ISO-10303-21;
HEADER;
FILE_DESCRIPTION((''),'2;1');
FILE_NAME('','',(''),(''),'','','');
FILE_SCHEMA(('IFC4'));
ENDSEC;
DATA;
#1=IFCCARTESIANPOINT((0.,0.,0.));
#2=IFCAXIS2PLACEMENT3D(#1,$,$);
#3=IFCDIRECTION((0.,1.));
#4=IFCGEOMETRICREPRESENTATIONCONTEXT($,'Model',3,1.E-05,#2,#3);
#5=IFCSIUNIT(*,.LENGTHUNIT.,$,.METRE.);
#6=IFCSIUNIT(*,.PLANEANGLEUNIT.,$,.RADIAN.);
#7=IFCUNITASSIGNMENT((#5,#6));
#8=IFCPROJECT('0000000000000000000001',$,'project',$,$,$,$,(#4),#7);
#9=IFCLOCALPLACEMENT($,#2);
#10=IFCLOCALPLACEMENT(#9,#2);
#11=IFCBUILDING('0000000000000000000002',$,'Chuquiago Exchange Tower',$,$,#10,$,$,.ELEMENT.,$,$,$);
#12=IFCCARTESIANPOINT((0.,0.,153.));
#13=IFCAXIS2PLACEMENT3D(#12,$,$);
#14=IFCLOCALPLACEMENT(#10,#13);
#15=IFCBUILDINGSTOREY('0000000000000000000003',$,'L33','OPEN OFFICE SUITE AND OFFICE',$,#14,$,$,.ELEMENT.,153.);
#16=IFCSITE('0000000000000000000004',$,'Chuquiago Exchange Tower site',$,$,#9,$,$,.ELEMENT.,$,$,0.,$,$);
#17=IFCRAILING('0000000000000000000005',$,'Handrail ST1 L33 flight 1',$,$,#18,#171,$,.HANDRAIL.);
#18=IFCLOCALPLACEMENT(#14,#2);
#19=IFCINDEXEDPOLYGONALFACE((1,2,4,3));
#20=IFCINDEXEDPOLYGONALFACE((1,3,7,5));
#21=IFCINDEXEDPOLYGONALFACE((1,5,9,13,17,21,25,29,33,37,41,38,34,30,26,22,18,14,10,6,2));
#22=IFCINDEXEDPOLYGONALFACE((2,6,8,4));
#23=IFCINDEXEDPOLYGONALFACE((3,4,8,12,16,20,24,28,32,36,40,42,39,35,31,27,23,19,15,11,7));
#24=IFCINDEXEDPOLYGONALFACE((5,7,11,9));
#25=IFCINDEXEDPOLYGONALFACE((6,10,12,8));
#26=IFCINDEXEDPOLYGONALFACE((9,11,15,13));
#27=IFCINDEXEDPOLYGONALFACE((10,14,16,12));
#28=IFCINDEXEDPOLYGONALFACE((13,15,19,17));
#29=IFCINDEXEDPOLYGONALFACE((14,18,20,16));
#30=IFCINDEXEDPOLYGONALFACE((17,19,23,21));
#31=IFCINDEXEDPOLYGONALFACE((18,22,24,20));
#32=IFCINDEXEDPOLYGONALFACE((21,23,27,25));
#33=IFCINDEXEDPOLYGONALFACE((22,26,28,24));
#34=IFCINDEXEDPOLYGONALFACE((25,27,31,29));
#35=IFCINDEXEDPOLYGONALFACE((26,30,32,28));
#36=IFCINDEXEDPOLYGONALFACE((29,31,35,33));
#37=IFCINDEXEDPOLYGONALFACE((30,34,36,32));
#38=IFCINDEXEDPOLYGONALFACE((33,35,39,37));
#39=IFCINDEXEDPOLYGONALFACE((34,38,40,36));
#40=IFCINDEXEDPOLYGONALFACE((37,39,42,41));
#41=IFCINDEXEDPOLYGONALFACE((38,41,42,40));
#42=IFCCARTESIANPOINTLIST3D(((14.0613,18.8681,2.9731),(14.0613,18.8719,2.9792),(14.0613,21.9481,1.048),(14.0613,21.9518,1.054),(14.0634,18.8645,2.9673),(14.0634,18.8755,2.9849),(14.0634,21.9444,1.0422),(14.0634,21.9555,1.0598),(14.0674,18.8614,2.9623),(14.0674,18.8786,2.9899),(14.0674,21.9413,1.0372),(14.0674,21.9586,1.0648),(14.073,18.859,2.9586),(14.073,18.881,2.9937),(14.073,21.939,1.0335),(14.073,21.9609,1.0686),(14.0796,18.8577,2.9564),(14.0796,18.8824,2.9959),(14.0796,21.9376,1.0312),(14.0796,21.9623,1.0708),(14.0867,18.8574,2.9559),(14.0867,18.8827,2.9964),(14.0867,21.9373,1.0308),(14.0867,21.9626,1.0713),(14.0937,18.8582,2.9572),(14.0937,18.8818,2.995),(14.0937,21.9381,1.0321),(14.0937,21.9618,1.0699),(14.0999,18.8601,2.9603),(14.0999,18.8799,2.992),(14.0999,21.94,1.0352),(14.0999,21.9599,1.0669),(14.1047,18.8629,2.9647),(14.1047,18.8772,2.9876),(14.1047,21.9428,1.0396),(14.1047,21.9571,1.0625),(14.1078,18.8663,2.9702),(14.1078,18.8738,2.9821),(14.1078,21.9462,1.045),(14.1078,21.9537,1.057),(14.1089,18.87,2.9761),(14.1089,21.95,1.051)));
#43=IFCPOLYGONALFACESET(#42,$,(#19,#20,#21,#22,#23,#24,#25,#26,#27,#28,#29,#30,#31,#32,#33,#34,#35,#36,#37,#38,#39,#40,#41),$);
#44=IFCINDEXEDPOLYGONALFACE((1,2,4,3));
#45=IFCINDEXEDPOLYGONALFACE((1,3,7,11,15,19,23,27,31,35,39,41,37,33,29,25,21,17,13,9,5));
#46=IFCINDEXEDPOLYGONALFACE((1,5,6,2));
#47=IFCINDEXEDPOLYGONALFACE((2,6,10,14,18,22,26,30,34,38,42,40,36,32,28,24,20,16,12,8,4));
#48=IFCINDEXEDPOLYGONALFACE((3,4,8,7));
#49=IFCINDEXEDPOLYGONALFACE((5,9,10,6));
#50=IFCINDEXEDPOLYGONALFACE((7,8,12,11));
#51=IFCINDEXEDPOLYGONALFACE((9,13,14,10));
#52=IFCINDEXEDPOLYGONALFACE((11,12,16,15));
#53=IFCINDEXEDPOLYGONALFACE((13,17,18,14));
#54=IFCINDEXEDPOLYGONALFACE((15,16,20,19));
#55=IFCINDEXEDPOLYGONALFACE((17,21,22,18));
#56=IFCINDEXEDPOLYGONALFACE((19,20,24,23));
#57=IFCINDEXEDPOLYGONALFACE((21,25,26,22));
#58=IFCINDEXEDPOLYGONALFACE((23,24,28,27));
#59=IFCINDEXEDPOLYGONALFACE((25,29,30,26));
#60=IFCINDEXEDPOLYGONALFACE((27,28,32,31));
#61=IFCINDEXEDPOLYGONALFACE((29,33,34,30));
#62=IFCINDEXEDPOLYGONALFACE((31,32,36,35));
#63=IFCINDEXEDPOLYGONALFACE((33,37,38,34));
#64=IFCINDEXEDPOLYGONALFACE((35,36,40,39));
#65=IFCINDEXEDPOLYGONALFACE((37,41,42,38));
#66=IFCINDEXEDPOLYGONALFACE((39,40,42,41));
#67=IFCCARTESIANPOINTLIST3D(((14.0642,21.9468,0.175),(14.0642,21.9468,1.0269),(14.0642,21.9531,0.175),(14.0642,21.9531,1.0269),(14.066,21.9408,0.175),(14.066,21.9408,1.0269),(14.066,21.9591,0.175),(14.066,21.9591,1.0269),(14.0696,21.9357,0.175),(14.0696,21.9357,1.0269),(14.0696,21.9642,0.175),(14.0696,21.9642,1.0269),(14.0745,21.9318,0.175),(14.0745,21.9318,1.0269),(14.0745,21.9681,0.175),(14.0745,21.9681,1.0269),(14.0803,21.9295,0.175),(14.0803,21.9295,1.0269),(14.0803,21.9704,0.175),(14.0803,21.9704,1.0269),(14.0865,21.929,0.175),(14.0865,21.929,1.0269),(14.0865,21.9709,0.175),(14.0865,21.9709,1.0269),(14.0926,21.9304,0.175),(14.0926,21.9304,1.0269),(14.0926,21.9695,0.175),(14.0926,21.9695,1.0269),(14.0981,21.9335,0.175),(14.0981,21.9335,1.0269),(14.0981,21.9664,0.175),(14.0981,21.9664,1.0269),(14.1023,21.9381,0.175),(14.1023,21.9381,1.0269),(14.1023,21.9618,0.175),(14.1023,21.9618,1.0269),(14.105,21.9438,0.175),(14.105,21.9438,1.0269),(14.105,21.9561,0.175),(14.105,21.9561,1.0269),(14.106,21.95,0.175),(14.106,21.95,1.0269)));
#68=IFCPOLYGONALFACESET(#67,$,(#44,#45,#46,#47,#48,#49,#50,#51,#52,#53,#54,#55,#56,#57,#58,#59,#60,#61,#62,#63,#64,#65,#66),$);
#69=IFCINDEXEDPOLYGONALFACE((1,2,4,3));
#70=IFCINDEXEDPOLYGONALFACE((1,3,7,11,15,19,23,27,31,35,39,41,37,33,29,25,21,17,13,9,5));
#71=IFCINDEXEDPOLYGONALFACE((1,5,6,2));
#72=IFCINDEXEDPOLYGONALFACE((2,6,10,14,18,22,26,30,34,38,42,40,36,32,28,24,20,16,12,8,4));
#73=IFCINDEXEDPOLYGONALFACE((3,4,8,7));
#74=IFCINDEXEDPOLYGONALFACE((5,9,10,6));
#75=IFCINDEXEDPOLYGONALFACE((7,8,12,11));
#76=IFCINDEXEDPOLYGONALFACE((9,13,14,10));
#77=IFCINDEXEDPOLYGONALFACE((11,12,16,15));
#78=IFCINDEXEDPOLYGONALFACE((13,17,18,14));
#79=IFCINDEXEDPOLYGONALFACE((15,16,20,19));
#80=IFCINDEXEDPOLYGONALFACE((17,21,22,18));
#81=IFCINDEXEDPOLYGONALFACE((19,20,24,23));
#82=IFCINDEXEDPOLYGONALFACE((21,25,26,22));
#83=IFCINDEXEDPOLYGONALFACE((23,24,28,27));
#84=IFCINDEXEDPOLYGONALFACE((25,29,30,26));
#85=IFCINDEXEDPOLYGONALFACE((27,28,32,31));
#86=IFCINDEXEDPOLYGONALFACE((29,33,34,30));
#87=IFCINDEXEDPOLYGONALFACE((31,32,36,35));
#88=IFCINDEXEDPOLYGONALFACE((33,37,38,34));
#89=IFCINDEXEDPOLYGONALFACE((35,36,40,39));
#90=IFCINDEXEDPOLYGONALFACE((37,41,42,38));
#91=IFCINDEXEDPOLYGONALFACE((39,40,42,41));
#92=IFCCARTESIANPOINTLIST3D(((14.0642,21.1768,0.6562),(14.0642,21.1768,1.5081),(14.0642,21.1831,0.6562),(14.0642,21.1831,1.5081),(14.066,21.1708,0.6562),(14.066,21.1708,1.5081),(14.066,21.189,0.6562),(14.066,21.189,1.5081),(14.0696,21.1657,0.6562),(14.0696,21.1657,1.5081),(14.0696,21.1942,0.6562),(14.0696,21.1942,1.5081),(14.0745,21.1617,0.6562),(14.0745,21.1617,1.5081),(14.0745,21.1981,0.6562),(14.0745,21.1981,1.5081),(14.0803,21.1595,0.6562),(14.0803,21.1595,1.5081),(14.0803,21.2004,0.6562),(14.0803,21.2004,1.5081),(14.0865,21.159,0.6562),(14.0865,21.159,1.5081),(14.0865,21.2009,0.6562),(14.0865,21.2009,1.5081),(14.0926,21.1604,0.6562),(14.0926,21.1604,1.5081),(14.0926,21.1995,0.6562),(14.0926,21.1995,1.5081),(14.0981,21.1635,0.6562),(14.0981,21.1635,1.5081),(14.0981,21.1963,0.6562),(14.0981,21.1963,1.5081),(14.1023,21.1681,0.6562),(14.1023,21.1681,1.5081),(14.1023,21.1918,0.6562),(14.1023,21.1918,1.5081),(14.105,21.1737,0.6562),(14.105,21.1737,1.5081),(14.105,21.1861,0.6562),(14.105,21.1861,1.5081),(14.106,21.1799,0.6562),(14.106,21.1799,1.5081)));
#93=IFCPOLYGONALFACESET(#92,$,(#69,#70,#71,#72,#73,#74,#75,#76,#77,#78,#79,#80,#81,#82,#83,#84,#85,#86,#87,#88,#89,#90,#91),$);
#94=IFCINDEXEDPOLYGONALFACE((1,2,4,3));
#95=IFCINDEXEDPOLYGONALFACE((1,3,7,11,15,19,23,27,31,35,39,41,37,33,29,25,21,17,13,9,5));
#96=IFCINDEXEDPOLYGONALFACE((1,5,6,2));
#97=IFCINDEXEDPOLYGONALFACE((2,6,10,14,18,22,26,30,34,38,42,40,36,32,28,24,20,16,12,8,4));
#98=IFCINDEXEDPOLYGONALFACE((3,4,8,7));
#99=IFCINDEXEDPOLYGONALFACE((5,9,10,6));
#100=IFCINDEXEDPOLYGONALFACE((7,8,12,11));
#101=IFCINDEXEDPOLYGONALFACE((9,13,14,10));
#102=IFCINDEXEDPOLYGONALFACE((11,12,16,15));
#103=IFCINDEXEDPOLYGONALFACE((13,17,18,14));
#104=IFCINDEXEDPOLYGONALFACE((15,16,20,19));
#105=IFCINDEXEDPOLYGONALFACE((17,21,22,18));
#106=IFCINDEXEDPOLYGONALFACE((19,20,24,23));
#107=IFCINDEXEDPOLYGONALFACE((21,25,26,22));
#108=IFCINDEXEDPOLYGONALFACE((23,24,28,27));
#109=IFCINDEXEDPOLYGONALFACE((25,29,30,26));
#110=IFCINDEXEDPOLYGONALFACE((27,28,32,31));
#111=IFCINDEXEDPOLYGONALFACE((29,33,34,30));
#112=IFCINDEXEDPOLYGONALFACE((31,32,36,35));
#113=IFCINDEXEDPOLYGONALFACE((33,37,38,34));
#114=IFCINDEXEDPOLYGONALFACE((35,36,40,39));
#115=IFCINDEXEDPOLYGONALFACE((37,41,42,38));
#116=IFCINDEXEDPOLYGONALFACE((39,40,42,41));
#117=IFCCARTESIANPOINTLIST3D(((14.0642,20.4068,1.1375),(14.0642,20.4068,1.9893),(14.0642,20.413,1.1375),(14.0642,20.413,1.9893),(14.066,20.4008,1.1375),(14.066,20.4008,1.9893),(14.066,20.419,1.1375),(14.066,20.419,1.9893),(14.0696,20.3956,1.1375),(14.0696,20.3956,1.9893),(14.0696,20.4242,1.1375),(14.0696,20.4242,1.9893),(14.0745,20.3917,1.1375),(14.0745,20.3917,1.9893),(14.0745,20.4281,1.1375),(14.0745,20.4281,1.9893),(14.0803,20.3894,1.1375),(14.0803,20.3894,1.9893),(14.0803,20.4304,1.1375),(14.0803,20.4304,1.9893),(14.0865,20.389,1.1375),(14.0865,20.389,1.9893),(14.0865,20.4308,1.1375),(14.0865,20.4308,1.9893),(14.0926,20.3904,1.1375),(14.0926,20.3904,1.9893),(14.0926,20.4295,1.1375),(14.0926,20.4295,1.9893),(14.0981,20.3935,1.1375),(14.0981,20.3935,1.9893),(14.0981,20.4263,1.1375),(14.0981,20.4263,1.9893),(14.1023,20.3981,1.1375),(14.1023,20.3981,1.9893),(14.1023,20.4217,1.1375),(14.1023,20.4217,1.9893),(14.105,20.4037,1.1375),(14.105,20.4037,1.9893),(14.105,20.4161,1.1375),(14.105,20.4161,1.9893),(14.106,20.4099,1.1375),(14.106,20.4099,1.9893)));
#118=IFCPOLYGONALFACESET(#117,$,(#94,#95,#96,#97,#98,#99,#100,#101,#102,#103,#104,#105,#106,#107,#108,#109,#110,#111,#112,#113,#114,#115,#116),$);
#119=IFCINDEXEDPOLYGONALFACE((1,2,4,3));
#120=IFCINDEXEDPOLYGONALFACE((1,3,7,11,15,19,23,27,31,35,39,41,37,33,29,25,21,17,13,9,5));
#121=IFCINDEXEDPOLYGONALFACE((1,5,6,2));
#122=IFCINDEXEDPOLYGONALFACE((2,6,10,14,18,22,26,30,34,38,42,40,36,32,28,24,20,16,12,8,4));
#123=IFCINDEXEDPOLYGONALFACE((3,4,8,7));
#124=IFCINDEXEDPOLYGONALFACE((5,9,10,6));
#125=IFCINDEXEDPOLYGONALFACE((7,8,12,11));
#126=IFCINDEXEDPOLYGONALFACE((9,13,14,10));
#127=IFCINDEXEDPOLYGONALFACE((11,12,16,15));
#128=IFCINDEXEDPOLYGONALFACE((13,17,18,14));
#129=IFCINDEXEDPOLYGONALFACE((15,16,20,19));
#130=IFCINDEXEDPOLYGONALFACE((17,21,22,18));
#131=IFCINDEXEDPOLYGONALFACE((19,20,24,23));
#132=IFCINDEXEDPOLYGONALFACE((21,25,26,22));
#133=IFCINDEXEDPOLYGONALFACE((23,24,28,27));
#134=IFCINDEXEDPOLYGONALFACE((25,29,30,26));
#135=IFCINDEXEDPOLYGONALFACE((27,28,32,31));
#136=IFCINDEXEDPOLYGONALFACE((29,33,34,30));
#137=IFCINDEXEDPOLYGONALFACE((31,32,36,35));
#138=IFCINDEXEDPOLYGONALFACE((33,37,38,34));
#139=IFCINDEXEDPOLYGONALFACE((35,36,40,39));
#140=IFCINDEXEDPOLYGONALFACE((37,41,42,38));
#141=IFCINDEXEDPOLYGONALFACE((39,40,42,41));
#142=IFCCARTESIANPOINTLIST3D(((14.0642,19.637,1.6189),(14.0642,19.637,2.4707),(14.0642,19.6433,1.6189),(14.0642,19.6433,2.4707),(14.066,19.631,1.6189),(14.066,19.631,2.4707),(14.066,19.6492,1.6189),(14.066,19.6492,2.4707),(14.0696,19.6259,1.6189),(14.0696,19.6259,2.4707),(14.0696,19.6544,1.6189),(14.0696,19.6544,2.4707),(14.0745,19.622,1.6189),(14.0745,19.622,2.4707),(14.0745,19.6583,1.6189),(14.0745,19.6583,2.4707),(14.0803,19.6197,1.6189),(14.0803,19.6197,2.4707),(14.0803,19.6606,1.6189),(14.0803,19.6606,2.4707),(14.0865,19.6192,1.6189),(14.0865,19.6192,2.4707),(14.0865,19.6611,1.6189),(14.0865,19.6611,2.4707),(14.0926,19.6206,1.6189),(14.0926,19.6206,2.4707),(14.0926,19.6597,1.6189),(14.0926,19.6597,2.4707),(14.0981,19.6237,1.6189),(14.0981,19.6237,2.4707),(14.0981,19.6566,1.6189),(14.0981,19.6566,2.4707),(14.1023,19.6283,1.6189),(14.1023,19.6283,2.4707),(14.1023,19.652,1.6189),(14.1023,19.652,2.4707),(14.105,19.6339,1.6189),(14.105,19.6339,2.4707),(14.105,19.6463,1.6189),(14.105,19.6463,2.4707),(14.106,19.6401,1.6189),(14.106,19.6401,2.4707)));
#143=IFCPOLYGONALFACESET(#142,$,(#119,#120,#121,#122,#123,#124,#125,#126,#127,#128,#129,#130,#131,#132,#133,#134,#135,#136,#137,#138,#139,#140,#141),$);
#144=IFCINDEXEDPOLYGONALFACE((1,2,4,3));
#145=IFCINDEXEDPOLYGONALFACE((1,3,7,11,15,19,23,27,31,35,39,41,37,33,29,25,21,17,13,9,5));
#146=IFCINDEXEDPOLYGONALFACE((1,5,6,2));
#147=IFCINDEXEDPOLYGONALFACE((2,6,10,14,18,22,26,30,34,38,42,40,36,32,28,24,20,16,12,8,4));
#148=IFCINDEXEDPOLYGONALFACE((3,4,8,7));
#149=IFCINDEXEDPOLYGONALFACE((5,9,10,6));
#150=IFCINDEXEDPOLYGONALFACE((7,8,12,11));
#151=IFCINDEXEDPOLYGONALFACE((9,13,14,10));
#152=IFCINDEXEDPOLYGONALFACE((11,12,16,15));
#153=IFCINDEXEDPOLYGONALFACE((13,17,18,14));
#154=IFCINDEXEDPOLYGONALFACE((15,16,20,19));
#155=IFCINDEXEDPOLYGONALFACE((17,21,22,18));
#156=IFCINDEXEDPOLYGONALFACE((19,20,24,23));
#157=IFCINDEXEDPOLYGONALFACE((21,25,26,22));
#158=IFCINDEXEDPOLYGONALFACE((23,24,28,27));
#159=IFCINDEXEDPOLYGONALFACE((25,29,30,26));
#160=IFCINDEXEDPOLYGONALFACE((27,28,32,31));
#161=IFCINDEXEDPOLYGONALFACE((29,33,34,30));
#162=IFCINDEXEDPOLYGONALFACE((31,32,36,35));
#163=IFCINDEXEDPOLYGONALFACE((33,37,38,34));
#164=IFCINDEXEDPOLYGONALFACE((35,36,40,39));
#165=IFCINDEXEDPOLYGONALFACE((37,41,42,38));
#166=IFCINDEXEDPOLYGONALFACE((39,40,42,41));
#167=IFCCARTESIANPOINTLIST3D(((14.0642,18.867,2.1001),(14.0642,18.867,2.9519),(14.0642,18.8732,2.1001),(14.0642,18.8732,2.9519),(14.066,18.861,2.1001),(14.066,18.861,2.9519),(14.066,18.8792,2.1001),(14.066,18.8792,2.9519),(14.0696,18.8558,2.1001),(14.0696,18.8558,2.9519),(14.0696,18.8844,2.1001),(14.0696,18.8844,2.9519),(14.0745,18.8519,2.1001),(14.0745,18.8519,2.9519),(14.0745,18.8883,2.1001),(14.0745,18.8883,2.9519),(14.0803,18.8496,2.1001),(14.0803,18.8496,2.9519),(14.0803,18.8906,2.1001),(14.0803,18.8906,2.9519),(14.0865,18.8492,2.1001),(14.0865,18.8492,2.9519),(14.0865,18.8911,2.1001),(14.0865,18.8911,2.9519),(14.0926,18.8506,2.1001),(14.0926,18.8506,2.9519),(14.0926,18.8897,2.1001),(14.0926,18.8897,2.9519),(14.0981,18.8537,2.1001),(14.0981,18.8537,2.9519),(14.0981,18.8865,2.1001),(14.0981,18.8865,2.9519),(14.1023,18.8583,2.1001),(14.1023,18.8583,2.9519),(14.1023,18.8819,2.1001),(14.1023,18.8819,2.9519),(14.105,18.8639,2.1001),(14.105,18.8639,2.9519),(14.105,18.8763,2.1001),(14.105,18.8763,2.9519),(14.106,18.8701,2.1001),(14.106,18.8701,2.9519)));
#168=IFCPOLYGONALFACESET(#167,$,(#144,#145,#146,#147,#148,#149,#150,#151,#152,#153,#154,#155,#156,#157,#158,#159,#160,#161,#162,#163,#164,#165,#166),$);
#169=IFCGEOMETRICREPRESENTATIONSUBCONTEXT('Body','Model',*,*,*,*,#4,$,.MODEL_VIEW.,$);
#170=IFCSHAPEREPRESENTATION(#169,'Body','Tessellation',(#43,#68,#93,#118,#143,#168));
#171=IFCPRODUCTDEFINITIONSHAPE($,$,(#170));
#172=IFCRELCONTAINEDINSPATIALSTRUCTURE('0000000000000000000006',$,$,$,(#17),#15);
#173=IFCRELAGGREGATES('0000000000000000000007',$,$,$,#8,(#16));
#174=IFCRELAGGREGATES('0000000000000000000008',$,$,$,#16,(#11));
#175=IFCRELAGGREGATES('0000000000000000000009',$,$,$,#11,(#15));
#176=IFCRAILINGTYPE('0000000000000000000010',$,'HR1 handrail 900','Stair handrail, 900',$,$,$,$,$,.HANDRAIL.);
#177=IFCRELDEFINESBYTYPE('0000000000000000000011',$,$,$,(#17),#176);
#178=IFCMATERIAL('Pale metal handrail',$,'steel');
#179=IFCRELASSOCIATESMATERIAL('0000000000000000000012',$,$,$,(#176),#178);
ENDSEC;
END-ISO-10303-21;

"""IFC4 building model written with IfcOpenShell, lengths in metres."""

from ifc_helpers import new_model, si_unit, direction, frame, origin, origin_2d, place, context, subcontext, project, spatial, circle, extrude, material, type_object, element, save


model = new_model("IFC4")

# Units and contexts
model_context = context("Model", 3, precision=1e-05, world=origin(), true_north=direction((0.0, 1.0)))
body_context = subcontext(model_context, "Body", "Model", "MODEL_VIEW")
ifc_project = project(units=[si_unit("LENGTHUNIT", "METRE"), si_unit("PLANEANGLEUNIT", "RADIAN")], contexts=[model_context])

# Site, building, storey
site_placement = place(None, origin())
site = spatial("IfcSite", under=ifc_project, at=site_placement, Name="Chuquiago Exchange Tower site", CompositionType="ELEMENT", RefElevation=0.0)
building_placement = place(site_placement, origin())
building = spatial("IfcBuilding", under=site, at=building_placement, Name="Chuquiago Exchange Tower", CompositionType="ELEMENT")
storey_placement = place(building_placement, frame((0.0, 0.0, 153.0)))
storey = spatial("IfcBuildingStorey", under=building, at=storey_placement, Name="L33", Description="OPEN OFFICE SUITE AND OFFICE", CompositionType="ELEMENT", Elevation=153.0)

# Railing
ifc_material_1 = material(Name="Pale metal handrail", Category="steel")
railing_type = type_object("IfcRailingType", Name="HR1 handrail 900", Description="Stair handrail, 900", PredefinedType="HANDRAIL", material=ifc_material_1)
for number, where, name in (
    (1, (14.085, 21.95, 0.175), "Handrail ST1 L33 flight 1"),
):
    element("IfcRailing", number, at=place(storey_placement, frame(where)), inside=storey, type_object=railing_type, Name=name, PredefinedType="HANDRAIL", context=body_context, shape_type="SweptSolid", body=[
        extrude(circle(Radius=0.0239, at=origin_2d()), frame((0.0, 0.0, 0.876), z_axis=(0.0, -0.847979, 0.530029), x_axis=(1.0, 0.0, 0.0)), (0.0, 0.0, 1.0), 3.6321),
        extrude(circle(Radius=0.021, at=origin_2d()), origin(), (0.0, 0.0, 1.0), 0.8518),
        extrude(circle(Radius=0.021, at=origin_2d()), frame((0.0, -0.77, 0.4812)), (0.0, 0.0, 1.0), 0.8518),
        extrude(circle(Radius=0.021, at=origin_2d()), frame((0.0, -1.54, 0.9624)), (0.0, 0.0, 1.0), 0.8518),
        extrude(circle(Radius=0.021, at=origin_2d()), frame((0.0, -2.3098, 1.4438)), (0.0, 0.0, 1.0), 0.8518),
        extrude(circle(Radius=0.021, at=origin_2d()), frame((0.0, -3.0798, 1.925)), (0.0, 0.0, 1.0), 0.8518),
    ])

save(model, "model.ifc")
